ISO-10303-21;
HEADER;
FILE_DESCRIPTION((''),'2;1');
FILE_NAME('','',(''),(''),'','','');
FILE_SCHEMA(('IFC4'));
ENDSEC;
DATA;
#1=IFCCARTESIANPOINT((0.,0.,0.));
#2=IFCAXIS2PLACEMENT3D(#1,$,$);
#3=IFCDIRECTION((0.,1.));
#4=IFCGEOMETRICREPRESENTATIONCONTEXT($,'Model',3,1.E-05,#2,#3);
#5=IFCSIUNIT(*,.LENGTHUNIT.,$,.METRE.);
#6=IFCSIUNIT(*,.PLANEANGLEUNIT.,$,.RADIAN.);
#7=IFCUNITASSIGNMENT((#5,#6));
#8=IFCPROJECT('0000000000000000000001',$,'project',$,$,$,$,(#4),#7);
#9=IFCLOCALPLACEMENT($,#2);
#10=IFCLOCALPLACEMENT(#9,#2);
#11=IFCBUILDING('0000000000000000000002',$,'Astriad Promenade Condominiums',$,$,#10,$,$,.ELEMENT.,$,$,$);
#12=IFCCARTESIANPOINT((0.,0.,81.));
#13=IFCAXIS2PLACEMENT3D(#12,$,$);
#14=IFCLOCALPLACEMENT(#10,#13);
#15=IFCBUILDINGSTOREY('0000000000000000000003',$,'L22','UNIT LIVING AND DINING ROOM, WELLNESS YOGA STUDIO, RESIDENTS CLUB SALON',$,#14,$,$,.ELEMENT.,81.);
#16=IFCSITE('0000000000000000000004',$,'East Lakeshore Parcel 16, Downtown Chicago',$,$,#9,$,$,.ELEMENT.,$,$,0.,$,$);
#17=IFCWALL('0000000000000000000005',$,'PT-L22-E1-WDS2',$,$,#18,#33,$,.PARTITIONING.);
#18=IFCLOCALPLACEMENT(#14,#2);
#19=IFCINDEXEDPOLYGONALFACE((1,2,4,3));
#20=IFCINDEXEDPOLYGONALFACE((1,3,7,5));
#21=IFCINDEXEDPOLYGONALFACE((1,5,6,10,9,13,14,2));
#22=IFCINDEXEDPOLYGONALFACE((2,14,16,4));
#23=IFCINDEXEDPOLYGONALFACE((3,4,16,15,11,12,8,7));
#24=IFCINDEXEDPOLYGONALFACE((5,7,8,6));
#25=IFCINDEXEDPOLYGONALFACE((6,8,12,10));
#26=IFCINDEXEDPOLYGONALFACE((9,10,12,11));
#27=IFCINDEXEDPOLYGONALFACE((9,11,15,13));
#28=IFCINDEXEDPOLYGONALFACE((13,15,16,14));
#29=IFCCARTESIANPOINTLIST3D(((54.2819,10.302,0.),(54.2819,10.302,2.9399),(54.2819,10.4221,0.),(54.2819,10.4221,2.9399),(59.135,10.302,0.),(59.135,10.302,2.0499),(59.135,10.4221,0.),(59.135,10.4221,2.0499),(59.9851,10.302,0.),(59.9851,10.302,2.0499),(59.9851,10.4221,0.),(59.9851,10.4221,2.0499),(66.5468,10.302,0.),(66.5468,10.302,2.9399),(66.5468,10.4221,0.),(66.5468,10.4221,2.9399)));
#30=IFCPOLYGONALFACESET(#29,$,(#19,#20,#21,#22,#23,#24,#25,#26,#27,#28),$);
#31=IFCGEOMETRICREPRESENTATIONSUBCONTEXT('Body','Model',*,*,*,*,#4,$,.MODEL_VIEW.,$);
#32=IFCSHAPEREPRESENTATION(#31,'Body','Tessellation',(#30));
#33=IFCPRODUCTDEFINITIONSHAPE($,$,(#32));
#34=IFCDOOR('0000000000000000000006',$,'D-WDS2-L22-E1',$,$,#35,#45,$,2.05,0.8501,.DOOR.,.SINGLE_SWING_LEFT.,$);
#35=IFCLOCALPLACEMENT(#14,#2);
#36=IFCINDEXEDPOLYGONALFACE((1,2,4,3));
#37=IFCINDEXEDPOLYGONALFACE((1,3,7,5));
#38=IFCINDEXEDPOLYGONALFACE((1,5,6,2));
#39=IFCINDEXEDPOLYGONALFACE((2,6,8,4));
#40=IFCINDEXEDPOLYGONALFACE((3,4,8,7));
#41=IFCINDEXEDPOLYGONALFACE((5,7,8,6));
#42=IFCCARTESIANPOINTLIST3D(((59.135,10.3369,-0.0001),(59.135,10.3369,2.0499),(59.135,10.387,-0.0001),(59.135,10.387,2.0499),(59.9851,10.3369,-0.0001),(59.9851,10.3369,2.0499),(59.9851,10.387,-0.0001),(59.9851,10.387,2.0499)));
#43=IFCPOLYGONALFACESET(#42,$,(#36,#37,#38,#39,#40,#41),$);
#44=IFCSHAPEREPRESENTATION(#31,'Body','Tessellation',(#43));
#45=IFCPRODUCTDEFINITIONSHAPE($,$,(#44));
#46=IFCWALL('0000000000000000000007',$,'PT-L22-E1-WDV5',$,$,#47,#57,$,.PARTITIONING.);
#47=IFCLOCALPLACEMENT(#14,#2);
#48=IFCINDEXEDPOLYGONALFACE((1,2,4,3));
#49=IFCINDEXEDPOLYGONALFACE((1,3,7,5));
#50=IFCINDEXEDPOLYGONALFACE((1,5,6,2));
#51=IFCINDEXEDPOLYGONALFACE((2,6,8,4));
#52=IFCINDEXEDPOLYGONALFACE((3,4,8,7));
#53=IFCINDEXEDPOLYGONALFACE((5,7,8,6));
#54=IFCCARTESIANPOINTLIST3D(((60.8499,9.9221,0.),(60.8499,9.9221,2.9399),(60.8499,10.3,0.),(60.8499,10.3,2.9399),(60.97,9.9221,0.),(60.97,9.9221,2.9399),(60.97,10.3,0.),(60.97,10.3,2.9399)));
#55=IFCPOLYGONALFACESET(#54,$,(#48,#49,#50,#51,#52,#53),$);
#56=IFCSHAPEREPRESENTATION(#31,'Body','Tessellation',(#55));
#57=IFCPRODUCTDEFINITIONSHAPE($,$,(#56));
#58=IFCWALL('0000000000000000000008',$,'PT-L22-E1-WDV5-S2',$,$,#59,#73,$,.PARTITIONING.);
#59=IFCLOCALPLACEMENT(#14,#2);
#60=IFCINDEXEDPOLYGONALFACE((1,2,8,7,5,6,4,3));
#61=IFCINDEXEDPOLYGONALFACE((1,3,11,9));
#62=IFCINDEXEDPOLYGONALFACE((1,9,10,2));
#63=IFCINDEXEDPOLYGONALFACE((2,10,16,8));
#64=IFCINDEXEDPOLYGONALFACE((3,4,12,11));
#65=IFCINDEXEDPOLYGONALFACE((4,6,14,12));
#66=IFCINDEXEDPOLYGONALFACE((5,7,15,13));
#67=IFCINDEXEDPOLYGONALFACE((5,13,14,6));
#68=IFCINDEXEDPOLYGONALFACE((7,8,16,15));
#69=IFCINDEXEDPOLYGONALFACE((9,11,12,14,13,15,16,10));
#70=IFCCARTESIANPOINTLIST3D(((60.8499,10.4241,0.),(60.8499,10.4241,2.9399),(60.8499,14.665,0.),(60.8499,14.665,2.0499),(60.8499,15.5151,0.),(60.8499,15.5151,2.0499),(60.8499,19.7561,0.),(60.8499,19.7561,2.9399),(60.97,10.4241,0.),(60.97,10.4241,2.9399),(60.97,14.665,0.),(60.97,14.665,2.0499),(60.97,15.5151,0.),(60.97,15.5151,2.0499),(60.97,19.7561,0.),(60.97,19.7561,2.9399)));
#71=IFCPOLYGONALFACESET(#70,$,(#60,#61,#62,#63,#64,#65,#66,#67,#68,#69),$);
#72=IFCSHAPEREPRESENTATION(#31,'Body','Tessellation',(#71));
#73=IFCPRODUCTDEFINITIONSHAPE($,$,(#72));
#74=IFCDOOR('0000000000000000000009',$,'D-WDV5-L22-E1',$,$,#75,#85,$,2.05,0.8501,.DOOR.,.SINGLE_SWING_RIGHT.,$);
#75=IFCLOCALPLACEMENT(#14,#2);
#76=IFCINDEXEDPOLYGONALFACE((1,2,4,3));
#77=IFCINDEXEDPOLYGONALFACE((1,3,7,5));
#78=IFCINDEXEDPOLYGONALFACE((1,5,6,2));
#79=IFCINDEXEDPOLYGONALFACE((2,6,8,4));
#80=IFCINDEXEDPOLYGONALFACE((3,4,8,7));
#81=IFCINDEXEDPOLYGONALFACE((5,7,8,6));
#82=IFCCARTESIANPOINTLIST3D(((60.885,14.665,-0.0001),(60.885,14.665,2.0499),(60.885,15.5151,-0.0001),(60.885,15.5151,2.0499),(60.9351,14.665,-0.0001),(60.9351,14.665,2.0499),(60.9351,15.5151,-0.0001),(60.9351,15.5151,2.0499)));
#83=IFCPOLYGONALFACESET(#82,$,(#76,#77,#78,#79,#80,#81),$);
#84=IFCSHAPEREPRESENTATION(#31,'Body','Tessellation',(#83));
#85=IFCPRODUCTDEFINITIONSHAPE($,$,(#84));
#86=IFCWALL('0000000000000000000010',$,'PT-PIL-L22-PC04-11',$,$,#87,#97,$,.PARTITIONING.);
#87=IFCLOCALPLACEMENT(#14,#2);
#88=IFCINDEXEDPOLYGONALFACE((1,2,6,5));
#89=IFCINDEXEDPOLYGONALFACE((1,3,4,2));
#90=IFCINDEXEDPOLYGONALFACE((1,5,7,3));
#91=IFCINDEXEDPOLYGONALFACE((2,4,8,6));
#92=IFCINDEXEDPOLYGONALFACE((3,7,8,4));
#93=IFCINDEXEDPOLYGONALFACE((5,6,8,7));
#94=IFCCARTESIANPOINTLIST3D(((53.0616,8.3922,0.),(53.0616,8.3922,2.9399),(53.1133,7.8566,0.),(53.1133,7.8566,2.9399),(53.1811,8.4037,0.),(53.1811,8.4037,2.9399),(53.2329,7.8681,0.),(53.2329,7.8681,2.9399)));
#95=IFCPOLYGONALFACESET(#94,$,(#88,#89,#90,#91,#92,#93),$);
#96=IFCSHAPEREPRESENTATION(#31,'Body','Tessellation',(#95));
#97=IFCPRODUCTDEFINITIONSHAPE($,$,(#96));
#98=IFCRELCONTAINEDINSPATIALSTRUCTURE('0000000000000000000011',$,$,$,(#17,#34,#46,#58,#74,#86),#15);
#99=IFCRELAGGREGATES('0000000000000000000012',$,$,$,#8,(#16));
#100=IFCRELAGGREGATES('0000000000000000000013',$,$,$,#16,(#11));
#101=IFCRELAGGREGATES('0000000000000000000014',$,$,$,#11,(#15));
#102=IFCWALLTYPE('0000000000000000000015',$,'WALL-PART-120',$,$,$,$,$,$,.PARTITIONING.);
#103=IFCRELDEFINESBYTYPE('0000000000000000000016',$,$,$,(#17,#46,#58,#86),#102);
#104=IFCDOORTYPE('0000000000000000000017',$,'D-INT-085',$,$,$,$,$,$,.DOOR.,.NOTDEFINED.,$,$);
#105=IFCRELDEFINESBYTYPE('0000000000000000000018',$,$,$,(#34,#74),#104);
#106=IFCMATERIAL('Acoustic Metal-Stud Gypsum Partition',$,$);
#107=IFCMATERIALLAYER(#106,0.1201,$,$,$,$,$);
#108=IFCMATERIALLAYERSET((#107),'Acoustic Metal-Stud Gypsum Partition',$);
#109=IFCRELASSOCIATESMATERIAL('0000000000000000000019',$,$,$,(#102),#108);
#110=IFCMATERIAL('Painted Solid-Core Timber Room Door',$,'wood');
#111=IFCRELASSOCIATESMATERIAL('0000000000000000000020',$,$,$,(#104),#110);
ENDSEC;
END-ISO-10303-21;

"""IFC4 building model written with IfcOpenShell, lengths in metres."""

from ifc_helpers import new_model, si_unit, direction, frame, frame_2d, origin, place, context, subcontext, project, spatial, rectangle, extrude, source, transform, mapped, material, layer, layer_set, type_object, type_shapes, element, fill, save


model = new_model("IFC4")

# Units and contexts
model_context = context("Model", 3, precision=1e-05, world=origin(), true_north=direction((0.0, 1.0)))
body_context = subcontext(model_context, "Body", "Model", "MODEL_VIEW")
ifc_project = project(units=[si_unit("LENGTHUNIT", "METRE"), si_unit("PLANEANGLEUNIT", "RADIAN")], contexts=[model_context])

# Site, building, storey
site_placement = place(None, origin())
site = spatial("IfcSite", under=ifc_project, at=site_placement, Name="East Lakeshore Parcel 16, Downtown Chicago", CompositionType="ELEMENT", RefElevation=0.0)
building_placement = place(site_placement, origin())
building = spatial("IfcBuilding", under=site, at=building_placement, Name="Astriad Promenade Condominiums", CompositionType="ELEMENT")
storey_placement = place(building_placement, frame((0.0, 0.0, 81.0)))
storey = spatial("IfcBuildingStorey", under=building, at=storey_placement, Name="L22", Description="UNIT LIVING AND DINING ROOM, WELLNESS YOGA STUDIO, RESIDENTS CLUB SALON", CompositionType="ELEMENT", Elevation=81.0)

# Shared definitions
ifc_material_1 = material(Name="Acoustic Metal-Stud Gypsum Partition")
ifc_layer_1 = layer(ifc_material_1, 0.1201)
ifc_layer_set_1 = layer_set([ifc_layer_1], Name="Acoustic Metal-Stud Gypsum Partition")
wall_type_1 = type_object("IfcWallType", Name="WALL-PART-120", PredefinedType="PARTITIONING", material=ifc_layer_set_1)

# Shared definitions
ifc_material_2 = material(Name="Painted Solid-Core Timber Room Door", Category="wood")
door_type_1 = type_object("IfcDoorType", Name="D-INT-085", OperationType="NOTDEFINED", PredefinedType="DOOR", material=ifc_material_2)
shared_shape_1 = source(origin(), body_context, "Body", "SweptSolid", [
    extrude(rectangle(XDim=0.8501, YDim=2.05, at=frame_2d((0.425, 1.0249))), frame((0.0, 0.0249, 0.0), z_axis=(0.0, -1.0, 0.0), x_axis=(1.0, 0.0, 0.0)), (0.0, 0.0, 1.0), 0.05),
])
type_shapes(door_type_1, [shared_shape_1])

# Wall, opening, door
wall_1_placement = place(storey_placement, frame((54.282, 10.3621, 0.0), z_axis=(0.0, 0.0, 1.0), x_axis=(1.0, 0.0, 0.0)))
wall_1 = element("IfcWall", 1, at=wall_1_placement, inside=storey, type_object=wall_type_1, Name="PT-L22-E1-WDS2", PredefinedType="PARTITIONING", context=body_context, shape_type="SweptSolid", body=[
    extrude(rectangle(XDim=12.2649, YDim=0.1201, at=frame_2d((6.1323, 0.0))), origin(), (0.0, 0.0, 1.0), 2.9399),
])
opening_1_placement = place(wall_1_placement, frame((4.853, 0.0, 0.0)))
opening_1 = element("IfcOpeningElement", 2, at=opening_1_placement, cuts=wall_1, PredefinedType="OPENING", context=body_context, shape_type="SweptSolid", body=[
    extrude(rectangle(XDim=0.8501, YDim=2.05, at=frame_2d((0.425, 1.0249))), frame((0.0, 0.0701, 0.0), z_axis=(0.0, -1.0, 0.0), x_axis=(1.0, 0.0, 0.0)), (0.0, 0.0, 1.0), 0.1401),
])
door_1_placement = place(opening_1_placement, origin())
door_1 = element("IfcDoor", 3, at=door_1_placement, inside=storey, type_object=door_type_1, Name="D-WDS2-L22-E1", OperationType="SINGLE_SWING_LEFT", OverallHeight=2.05, OverallWidth=0.8501, PredefinedType="DOOR", context=body_context, shape_type="MappedRepresentation", body=[
    mapped(shared_shape_1, transform((0.0, 0.0, 0.0), scale=1.0)),
])
fill(opening_1, door_1)

# Wall
wall_2_placement = place(storey_placement, frame((60.9099, 9.9221, 0.0), z_axis=(0.0, 0.0, 1.0), x_axis=(0.0, 1.0, 0.0)))
element("IfcWall", 4, at=wall_2_placement, inside=storey, type_object=wall_type_1, Name="PT-L22-E1-WDV5", PredefinedType="PARTITIONING", context=body_context, shape_type="SweptSolid", body=[
    extrude(rectangle(XDim=0.3779, YDim=0.1201, at=frame_2d((0.189, 0.0))), origin(), (0.0, 0.0, 1.0), 2.9399),
])

# Wall, opening, door
wall_3_placement = place(storey_placement, frame((60.9099, 10.4241, 0.0), z_axis=(0.0, 0.0, 1.0), x_axis=(0.0, 1.0, 0.0)))
wall_3 = element("IfcWall", 5, at=wall_3_placement, inside=storey, type_object=wall_type_1, Name="PT-L22-E1-WDV5-S2", PredefinedType="PARTITIONING", context=body_context, shape_type="SweptSolid", body=[
    extrude(rectangle(XDim=9.332, YDim=0.1201, at=frame_2d((4.666, 0.0))), origin(), (0.0, 0.0, 1.0), 2.9399),
])
opening_2_placement = place(wall_3_placement, frame((4.241, 0.0, 0.0)))
opening_2 = element("IfcOpeningElement", 6, at=opening_2_placement, cuts=wall_3, PredefinedType="OPENING", context=body_context, shape_type="SweptSolid", body=[
    extrude(rectangle(XDim=0.8501, YDim=2.05, at=frame_2d((0.425, 1.0249))), frame((0.0, 0.0701, 0.0), z_axis=(0.0, -1.0, 0.0), x_axis=(1.0, 0.0, 0.0)), (0.0, 0.0, 1.0), 0.1401),
])
door_2_placement = place(opening_2_placement, origin())
door_2 = element("IfcDoor", 7, at=door_2_placement, inside=storey, type_object=door_type_1, Name="D-WDV5-L22-E1", OperationType="SINGLE_SWING_RIGHT", OverallHeight=2.05, OverallWidth=0.8501, PredefinedType="DOOR", context=body_context, shape_type="MappedRepresentation", body=[
    mapped(shared_shape_1, transform((0.0, 0.0, 0.0), scale=1.0)),
])
fill(opening_2, door_2)

# Wall
wall_4_placement = place(storey_placement, frame((53.1213, 8.3979, 0.0), z_axis=(0.0, 0.0, 1.0), x_axis=(0.096179, -0.995364, 0.0)))
element("IfcWall", 8, at=wall_4_placement, inside=storey, type_object=wall_type_1, Name="PT-PIL-L22-PC04-11", PredefinedType="PARTITIONING", context=body_context, shape_type="SweptSolid", body=[
    extrude(rectangle(XDim=0.5381, YDim=0.1201, at=frame_2d((0.269, 0.0))), origin(), (0.0, 0.0, 1.0), 2.9399),
])

save(model, "model.ifc")
